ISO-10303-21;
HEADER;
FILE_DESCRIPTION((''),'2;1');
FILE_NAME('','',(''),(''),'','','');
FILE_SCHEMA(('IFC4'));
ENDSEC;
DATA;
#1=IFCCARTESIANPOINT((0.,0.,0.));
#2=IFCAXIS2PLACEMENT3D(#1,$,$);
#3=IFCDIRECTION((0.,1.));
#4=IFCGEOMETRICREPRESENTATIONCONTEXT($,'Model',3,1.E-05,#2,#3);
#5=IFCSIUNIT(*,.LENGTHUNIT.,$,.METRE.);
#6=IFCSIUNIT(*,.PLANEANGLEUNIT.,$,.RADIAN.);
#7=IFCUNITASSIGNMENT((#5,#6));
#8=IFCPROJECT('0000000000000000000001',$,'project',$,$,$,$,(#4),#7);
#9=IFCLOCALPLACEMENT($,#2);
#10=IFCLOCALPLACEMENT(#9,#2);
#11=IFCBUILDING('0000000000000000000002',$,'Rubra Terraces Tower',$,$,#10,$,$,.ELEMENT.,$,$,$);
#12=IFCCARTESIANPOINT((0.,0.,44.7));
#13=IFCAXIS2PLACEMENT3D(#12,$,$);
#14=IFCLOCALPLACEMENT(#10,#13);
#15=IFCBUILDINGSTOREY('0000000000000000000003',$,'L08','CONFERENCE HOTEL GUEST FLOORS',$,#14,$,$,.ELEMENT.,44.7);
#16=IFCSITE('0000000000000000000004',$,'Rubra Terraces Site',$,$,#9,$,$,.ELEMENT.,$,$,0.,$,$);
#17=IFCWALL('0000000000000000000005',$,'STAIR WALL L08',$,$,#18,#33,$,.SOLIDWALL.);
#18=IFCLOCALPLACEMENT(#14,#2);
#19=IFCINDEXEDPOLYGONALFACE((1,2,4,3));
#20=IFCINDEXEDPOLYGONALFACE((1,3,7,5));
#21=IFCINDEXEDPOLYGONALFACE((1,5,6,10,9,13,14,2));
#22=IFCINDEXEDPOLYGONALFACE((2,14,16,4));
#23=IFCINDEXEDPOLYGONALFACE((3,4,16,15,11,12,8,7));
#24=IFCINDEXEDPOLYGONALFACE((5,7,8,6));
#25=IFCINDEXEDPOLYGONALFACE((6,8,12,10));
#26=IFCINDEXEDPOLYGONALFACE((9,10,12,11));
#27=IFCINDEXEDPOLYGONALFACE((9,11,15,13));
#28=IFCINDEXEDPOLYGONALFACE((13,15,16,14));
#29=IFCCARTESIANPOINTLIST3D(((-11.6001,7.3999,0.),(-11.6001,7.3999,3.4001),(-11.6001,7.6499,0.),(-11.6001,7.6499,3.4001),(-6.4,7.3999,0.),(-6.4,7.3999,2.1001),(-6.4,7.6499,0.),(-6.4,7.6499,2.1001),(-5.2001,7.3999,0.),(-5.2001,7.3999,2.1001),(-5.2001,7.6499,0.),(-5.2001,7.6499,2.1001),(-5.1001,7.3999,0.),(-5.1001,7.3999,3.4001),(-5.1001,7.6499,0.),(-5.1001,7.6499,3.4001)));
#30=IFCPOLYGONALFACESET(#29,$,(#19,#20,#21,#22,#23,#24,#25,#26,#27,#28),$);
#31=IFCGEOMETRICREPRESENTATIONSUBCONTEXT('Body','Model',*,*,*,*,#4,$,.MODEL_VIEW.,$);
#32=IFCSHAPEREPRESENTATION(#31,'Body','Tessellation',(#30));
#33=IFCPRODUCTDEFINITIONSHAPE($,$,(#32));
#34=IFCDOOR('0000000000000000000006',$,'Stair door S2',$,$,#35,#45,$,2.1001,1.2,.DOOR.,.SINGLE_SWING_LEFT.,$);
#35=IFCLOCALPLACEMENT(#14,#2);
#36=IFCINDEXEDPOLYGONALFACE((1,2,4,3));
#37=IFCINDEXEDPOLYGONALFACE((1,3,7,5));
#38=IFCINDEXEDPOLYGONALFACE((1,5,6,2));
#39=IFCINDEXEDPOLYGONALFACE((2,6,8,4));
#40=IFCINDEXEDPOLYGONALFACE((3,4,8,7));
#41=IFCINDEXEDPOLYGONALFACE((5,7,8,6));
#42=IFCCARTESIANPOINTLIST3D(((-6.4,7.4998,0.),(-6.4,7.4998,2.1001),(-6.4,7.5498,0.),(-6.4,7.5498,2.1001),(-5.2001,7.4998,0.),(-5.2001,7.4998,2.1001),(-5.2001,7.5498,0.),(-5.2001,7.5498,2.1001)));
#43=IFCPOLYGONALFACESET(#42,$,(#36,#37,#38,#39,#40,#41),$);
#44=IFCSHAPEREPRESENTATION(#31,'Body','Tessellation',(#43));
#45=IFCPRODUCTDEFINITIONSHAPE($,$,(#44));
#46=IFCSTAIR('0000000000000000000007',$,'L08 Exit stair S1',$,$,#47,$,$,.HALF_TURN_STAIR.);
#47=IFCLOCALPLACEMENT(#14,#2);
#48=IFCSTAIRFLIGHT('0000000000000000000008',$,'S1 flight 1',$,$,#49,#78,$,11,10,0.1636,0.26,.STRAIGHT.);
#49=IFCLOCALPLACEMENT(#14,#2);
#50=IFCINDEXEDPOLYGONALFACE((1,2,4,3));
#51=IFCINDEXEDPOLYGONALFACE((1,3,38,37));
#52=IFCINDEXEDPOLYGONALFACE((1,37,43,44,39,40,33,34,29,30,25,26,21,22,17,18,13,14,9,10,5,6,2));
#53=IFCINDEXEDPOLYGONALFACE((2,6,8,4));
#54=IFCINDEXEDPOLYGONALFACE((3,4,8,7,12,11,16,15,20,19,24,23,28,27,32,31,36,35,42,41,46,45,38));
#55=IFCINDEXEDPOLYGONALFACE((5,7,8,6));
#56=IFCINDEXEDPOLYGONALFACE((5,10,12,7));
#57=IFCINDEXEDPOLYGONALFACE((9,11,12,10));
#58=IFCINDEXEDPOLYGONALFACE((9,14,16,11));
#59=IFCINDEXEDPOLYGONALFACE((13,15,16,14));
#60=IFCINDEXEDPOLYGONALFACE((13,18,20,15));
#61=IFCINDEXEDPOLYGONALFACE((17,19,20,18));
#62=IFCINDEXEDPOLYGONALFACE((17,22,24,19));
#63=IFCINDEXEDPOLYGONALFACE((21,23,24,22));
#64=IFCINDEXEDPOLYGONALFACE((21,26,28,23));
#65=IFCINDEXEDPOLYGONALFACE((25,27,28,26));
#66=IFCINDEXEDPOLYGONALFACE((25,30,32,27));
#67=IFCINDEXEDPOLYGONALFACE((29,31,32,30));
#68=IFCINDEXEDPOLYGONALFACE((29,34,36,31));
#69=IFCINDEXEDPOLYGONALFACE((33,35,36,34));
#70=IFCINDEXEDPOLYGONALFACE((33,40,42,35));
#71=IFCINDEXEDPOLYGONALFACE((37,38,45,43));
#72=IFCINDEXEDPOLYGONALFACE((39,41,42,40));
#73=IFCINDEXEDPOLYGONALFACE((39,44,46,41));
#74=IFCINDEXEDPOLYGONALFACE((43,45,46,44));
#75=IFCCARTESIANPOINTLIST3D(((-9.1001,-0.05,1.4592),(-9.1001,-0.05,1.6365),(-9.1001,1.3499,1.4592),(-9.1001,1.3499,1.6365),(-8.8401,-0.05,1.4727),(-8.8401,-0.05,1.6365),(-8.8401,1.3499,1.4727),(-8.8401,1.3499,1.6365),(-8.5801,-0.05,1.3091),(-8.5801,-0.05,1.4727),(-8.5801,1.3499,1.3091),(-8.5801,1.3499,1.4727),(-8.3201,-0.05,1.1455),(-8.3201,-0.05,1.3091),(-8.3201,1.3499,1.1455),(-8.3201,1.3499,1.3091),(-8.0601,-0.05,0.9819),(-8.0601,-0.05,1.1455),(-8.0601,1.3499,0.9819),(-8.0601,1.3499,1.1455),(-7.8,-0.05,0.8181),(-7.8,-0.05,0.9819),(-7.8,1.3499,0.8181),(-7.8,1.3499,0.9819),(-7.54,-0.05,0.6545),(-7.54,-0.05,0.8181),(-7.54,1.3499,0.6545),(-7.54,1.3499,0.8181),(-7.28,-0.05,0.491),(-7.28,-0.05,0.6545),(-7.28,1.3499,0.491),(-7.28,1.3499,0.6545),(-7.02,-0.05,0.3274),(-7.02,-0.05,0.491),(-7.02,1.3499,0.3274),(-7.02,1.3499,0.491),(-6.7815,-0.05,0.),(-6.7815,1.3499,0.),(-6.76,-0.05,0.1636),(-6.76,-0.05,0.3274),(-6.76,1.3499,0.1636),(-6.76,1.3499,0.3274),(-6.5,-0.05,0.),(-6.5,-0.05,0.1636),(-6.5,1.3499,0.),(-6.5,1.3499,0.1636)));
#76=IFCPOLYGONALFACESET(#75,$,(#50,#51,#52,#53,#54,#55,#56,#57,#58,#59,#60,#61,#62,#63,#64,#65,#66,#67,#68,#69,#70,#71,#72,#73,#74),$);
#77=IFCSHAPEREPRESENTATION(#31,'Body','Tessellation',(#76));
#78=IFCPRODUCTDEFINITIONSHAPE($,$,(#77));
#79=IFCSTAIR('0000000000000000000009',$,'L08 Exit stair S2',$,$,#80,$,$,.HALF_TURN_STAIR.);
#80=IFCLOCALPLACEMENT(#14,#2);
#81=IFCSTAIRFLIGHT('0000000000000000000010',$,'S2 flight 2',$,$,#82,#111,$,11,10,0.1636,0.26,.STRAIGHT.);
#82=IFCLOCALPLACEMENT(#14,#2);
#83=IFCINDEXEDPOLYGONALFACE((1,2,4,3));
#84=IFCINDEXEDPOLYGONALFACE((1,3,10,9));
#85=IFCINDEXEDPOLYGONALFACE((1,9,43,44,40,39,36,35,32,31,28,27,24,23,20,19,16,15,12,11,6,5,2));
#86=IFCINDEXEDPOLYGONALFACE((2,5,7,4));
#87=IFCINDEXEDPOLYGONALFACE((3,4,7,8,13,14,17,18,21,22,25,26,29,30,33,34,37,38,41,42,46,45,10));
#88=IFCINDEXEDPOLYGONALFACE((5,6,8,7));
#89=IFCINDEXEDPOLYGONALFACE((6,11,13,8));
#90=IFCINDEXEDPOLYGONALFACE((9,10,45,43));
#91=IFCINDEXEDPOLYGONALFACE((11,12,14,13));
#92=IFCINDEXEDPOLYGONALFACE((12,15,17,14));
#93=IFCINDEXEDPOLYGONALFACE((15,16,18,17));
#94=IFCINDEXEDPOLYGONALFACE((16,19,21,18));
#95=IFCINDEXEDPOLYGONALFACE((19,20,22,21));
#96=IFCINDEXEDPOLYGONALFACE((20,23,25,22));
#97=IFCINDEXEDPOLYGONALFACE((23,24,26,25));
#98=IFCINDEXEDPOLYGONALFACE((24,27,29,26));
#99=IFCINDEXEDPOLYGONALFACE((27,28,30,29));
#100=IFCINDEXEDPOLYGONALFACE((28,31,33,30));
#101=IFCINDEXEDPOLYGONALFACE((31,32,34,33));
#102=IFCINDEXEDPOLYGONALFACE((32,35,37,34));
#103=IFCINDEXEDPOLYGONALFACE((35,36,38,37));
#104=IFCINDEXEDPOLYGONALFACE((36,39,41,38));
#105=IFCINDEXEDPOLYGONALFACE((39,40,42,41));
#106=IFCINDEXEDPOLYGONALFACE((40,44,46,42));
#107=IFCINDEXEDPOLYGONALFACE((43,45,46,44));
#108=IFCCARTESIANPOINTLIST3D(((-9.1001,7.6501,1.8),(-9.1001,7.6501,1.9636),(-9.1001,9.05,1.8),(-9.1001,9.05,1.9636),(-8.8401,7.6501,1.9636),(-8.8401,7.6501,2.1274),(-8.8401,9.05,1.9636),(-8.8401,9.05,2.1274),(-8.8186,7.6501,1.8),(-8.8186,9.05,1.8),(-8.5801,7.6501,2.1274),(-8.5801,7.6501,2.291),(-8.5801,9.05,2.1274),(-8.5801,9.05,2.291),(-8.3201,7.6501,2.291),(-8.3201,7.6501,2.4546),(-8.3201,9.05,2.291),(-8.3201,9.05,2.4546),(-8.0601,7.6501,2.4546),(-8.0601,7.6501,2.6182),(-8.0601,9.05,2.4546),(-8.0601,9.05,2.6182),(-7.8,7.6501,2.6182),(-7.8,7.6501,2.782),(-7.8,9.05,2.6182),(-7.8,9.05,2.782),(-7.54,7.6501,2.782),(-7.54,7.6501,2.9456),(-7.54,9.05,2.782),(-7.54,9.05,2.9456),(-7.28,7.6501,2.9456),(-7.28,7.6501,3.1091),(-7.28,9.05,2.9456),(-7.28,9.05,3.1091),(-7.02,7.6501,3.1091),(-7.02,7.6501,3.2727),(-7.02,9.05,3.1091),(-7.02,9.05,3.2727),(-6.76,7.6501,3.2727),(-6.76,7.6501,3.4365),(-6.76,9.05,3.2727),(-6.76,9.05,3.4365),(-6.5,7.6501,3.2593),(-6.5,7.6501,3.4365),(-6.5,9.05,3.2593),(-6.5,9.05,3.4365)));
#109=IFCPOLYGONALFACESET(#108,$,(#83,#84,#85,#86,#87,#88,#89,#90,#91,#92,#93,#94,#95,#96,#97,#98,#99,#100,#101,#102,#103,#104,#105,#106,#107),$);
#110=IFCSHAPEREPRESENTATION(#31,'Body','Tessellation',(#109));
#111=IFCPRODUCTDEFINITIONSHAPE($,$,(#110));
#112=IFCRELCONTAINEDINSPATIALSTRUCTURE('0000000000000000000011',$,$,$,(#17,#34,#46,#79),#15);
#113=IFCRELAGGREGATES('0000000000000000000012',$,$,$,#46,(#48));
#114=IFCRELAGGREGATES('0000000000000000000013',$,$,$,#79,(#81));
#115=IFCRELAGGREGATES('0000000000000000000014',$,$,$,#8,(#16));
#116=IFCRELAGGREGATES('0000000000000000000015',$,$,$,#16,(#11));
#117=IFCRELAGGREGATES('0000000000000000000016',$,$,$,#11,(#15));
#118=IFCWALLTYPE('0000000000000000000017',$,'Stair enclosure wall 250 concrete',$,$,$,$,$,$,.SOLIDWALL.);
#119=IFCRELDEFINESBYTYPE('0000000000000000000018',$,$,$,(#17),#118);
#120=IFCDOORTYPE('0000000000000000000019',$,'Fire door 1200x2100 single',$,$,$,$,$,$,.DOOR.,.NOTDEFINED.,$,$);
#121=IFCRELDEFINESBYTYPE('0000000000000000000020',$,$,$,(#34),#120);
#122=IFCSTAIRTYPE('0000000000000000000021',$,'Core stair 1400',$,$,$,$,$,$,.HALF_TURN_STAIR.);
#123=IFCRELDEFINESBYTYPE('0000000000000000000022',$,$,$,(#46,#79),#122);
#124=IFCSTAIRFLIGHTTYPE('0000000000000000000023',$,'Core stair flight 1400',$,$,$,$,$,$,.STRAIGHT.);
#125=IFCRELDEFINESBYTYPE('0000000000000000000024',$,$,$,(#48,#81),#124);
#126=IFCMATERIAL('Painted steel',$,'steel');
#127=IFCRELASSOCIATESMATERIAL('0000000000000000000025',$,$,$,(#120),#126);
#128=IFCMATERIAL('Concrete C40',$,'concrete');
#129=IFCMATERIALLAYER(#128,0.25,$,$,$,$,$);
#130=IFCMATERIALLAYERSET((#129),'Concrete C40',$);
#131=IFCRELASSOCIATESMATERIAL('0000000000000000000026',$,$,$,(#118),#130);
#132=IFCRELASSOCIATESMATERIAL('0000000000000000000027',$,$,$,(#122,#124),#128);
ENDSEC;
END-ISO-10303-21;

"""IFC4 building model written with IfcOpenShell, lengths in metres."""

from ifc_helpers import new_model, si_unit, direction, frame, frame_2d, origin, place, context, subcontext, project, spatial, polyline, rectangle, outline, extrude, material, layer, layer_set, type_object, element, fill, aggregate, save


model = new_model("IFC4")

# Units and contexts
model_context = context("Model", 3, precision=1e-05, world=origin(), true_north=direction((0.0, 1.0)))
body_context = subcontext(model_context, "Body", "Model", "MODEL_VIEW")
ifc_project = project(units=[si_unit("LENGTHUNIT", "METRE"), si_unit("PLANEANGLEUNIT", "RADIAN")], contexts=[model_context])

# Site, building, storey
site_placement = place(None, origin())
site = spatial("IfcSite", under=ifc_project, at=site_placement, Name="Rubra Terraces Site", CompositionType="ELEMENT", RefElevation=0.0)
building_placement = place(site_placement, origin())
building = spatial("IfcBuilding", under=site, at=building_placement, Name="Rubra Terraces Tower", CompositionType="ELEMENT")
storey_placement = place(building_placement, frame((0.0, 0.0, 44.7)))
storey = spatial("IfcBuildingStorey", under=building, at=storey_placement, Name="L08", Description="CONFERENCE HOTEL GUEST FLOORS", CompositionType="ELEMENT", Elevation=44.7)

# Shared definitions
ifc_material_1 = material(Name="Painted steel", Category="steel")
door_type_1 = type_object("IfcDoorType", Name="Fire door 1200x2100 single", OperationType="NOTDEFINED", PredefinedType="DOOR", material=ifc_material_1)

# Wall, opening, door
ifc_material_2 = material(Name="Concrete C40", Category="concrete")
ifc_layer_1 = layer(ifc_material_2, 0.25)
ifc_layer_set_1 = layer_set([ifc_layer_1], Name="Concrete C40")
wall_type_1 = type_object("IfcWallType", Name="Stair enclosure wall 250 concrete", PredefinedType="SOLIDWALL", material=ifc_layer_set_1)
wall_1_placement = place(storey_placement, frame((-11.6001, 7.5249, 0.0), z_axis=(0.0, 0.0, 1.0), x_axis=(1.0, 0.0, 0.0)))
wall_1 = element("IfcWall", 1, at=wall_1_placement, inside=storey, type_object=wall_type_1, Name="STAIR WALL L08", PredefinedType="SOLIDWALL", context=body_context, shape_type="SweptSolid", body=[
    extrude(rectangle(XDim=6.5, YDim=0.25, at=frame_2d((3.25, 0.0))), origin(), (0.0, 0.0, 1.0), 3.4001),
])
opening_1_placement = place(wall_1_placement, frame((5.2, 0.0, 0.0)))
opening_1 = element("IfcOpeningElement", 2, at=opening_1_placement, cuts=wall_1, PredefinedType="OPENING", context=body_context, shape_type="SweptSolid", body=[
    extrude(rectangle(XDim=1.2, YDim=2.1001, at=frame_2d((0.6001, 1.05))), frame((0.0, 0.135, 0.0), z_axis=(0.0, -1.0, 0.0), x_axis=(1.0, 0.0, 0.0)), (0.0, 0.0, 1.0), 0.27),
])
door_1_placement = place(opening_1_placement, origin())
door_1 = element("IfcDoor", 3, at=door_1_placement, inside=storey, type_object=door_type_1, Name="Stair door S2", OperationType="SINGLE_SWING_LEFT", OverallHeight=2.1001, OverallWidth=1.2, PredefinedType="DOOR", context=body_context, shape_type="SweptSolid", body=[
    extrude(rectangle(XDim=1.2, YDim=2.1001, at=frame_2d((0.6001, 1.05))), frame((0.0, 0.0249, 0.0), z_axis=(0.0, -1.0, 0.0), x_axis=(1.0, 0.0, 0.0)), (0.0, 0.0, 1.0), 0.05),
])
fill(opening_1, door_1)

# Stairs, stair flights
stair_type = type_object("IfcStairType", Name="Core stair 1400", PredefinedType="HALF_TURN_STAIR", material=ifc_material_2)
stair_1_placement = place(storey_placement, origin())
stair_1 = element("IfcStair", 4, at=stair_1_placement, inside=storey, type_object=stair_type, Name="L08 Exit stair S1", PredefinedType="HALF_TURN_STAIR")
stair_flight_type = type_object("IfcStairFlightType", Name="Core stair flight 1400", PredefinedType="STRAIGHT", material=ifc_material_2)
stair_flight_1_placement = place(storey_placement, frame((-6.5, 0.6499, 0.0), z_axis=(0.0, 0.0, 1.0), x_axis=(-1.0, 0.0, 0.0)))
stair_flight_1 = element("IfcStairFlight", 5, at=stair_flight_1_placement, type_object=stair_flight_type, Name="S1 flight 1", NumberOfRisers=11, NumberOfTreads=10, PredefinedType="STRAIGHT", RiserHeight=0.1636, TreadLength=0.26, context=body_context, shape_type="SweptSolid", body=[
    extrude(outline(polyline([(0.0, 0.0), (0.0, 0.1636), (0.26, 0.1636), (0.26, 0.3274), (0.52, 0.3274), (0.52, 0.491), (0.78, 0.491), (0.78, 0.6545), (1.04, 0.6545), (1.04, 0.8181), (1.3, 0.8181), (1.3, 0.9819), (1.5601, 0.9819), (1.5601, 1.1455), (1.8201, 1.1455), (1.8201, 1.3091), (2.0801, 1.3091), (2.0801, 1.4727), (2.3401, 1.4727), (2.3401, 1.6365), (2.6001, 1.6365), (2.6001, 1.8), (2.6001, 1.4592), (0.2815, 0.0), (0.0, 0.0)])), frame((0.0, 0.7, 0.0), z_axis=(0.0, -1.0, 0.0), x_axis=(1.0, 0.0, 0.0)), (0.0, 0.0, 1.0), 1.3999),
])
aggregate(stair_1, [stair_flight_1])
stair_2_placement = place(storey_placement, origin())
stair_2 = element("IfcStair", 6, at=stair_2_placement, inside=storey, type_object=stair_type, Name="L08 Exit stair S2", PredefinedType="HALF_TURN_STAIR")
stair_flight_2_placement = place(storey_placement, frame((-9.1001, 8.3501, 1.8), z_axis=(0.0, 0.0, 1.0), x_axis=(1.0, 0.0, 0.0)))
stair_flight_2 = element("IfcStairFlight", 7, at=stair_flight_2_placement, type_object=stair_flight_type, Name="S2 flight 2", NumberOfRisers=11, NumberOfTreads=10, PredefinedType="STRAIGHT", RiserHeight=0.1636, TreadLength=0.26, context=body_context, shape_type="SweptSolid", body=[
    extrude(outline(polyline([(0.0, 0.0), (0.0, 0.1636), (0.26, 0.1636), (0.26, 0.3274), (0.52, 0.3274), (0.52, 0.491), (0.78, 0.491), (0.78, 0.6545), (1.04, 0.6545), (1.04, 0.8181), (1.3, 0.8181), (1.3, 0.9819), (1.5601, 0.9819), (1.5601, 1.1455), (1.8201, 1.1455), (1.8201, 1.3091), (2.0801, 1.3091), (2.0801, 1.4727), (2.3401, 1.4727), (2.3401, 1.6365), (2.6001, 1.6365), (2.6001, 1.8), (2.6001, 1.4592), (0.2815, 0.0), (0.0, 0.0)])), frame((0.0, 0.7, 0.0), z_axis=(0.0, -1.0, 0.0), x_axis=(1.0, 0.0, 0.0)), (0.0, 0.0, 1.0), 1.3999),
])
aggregate(stair_2, [stair_flight_2])

save(model, "model.ifc")
